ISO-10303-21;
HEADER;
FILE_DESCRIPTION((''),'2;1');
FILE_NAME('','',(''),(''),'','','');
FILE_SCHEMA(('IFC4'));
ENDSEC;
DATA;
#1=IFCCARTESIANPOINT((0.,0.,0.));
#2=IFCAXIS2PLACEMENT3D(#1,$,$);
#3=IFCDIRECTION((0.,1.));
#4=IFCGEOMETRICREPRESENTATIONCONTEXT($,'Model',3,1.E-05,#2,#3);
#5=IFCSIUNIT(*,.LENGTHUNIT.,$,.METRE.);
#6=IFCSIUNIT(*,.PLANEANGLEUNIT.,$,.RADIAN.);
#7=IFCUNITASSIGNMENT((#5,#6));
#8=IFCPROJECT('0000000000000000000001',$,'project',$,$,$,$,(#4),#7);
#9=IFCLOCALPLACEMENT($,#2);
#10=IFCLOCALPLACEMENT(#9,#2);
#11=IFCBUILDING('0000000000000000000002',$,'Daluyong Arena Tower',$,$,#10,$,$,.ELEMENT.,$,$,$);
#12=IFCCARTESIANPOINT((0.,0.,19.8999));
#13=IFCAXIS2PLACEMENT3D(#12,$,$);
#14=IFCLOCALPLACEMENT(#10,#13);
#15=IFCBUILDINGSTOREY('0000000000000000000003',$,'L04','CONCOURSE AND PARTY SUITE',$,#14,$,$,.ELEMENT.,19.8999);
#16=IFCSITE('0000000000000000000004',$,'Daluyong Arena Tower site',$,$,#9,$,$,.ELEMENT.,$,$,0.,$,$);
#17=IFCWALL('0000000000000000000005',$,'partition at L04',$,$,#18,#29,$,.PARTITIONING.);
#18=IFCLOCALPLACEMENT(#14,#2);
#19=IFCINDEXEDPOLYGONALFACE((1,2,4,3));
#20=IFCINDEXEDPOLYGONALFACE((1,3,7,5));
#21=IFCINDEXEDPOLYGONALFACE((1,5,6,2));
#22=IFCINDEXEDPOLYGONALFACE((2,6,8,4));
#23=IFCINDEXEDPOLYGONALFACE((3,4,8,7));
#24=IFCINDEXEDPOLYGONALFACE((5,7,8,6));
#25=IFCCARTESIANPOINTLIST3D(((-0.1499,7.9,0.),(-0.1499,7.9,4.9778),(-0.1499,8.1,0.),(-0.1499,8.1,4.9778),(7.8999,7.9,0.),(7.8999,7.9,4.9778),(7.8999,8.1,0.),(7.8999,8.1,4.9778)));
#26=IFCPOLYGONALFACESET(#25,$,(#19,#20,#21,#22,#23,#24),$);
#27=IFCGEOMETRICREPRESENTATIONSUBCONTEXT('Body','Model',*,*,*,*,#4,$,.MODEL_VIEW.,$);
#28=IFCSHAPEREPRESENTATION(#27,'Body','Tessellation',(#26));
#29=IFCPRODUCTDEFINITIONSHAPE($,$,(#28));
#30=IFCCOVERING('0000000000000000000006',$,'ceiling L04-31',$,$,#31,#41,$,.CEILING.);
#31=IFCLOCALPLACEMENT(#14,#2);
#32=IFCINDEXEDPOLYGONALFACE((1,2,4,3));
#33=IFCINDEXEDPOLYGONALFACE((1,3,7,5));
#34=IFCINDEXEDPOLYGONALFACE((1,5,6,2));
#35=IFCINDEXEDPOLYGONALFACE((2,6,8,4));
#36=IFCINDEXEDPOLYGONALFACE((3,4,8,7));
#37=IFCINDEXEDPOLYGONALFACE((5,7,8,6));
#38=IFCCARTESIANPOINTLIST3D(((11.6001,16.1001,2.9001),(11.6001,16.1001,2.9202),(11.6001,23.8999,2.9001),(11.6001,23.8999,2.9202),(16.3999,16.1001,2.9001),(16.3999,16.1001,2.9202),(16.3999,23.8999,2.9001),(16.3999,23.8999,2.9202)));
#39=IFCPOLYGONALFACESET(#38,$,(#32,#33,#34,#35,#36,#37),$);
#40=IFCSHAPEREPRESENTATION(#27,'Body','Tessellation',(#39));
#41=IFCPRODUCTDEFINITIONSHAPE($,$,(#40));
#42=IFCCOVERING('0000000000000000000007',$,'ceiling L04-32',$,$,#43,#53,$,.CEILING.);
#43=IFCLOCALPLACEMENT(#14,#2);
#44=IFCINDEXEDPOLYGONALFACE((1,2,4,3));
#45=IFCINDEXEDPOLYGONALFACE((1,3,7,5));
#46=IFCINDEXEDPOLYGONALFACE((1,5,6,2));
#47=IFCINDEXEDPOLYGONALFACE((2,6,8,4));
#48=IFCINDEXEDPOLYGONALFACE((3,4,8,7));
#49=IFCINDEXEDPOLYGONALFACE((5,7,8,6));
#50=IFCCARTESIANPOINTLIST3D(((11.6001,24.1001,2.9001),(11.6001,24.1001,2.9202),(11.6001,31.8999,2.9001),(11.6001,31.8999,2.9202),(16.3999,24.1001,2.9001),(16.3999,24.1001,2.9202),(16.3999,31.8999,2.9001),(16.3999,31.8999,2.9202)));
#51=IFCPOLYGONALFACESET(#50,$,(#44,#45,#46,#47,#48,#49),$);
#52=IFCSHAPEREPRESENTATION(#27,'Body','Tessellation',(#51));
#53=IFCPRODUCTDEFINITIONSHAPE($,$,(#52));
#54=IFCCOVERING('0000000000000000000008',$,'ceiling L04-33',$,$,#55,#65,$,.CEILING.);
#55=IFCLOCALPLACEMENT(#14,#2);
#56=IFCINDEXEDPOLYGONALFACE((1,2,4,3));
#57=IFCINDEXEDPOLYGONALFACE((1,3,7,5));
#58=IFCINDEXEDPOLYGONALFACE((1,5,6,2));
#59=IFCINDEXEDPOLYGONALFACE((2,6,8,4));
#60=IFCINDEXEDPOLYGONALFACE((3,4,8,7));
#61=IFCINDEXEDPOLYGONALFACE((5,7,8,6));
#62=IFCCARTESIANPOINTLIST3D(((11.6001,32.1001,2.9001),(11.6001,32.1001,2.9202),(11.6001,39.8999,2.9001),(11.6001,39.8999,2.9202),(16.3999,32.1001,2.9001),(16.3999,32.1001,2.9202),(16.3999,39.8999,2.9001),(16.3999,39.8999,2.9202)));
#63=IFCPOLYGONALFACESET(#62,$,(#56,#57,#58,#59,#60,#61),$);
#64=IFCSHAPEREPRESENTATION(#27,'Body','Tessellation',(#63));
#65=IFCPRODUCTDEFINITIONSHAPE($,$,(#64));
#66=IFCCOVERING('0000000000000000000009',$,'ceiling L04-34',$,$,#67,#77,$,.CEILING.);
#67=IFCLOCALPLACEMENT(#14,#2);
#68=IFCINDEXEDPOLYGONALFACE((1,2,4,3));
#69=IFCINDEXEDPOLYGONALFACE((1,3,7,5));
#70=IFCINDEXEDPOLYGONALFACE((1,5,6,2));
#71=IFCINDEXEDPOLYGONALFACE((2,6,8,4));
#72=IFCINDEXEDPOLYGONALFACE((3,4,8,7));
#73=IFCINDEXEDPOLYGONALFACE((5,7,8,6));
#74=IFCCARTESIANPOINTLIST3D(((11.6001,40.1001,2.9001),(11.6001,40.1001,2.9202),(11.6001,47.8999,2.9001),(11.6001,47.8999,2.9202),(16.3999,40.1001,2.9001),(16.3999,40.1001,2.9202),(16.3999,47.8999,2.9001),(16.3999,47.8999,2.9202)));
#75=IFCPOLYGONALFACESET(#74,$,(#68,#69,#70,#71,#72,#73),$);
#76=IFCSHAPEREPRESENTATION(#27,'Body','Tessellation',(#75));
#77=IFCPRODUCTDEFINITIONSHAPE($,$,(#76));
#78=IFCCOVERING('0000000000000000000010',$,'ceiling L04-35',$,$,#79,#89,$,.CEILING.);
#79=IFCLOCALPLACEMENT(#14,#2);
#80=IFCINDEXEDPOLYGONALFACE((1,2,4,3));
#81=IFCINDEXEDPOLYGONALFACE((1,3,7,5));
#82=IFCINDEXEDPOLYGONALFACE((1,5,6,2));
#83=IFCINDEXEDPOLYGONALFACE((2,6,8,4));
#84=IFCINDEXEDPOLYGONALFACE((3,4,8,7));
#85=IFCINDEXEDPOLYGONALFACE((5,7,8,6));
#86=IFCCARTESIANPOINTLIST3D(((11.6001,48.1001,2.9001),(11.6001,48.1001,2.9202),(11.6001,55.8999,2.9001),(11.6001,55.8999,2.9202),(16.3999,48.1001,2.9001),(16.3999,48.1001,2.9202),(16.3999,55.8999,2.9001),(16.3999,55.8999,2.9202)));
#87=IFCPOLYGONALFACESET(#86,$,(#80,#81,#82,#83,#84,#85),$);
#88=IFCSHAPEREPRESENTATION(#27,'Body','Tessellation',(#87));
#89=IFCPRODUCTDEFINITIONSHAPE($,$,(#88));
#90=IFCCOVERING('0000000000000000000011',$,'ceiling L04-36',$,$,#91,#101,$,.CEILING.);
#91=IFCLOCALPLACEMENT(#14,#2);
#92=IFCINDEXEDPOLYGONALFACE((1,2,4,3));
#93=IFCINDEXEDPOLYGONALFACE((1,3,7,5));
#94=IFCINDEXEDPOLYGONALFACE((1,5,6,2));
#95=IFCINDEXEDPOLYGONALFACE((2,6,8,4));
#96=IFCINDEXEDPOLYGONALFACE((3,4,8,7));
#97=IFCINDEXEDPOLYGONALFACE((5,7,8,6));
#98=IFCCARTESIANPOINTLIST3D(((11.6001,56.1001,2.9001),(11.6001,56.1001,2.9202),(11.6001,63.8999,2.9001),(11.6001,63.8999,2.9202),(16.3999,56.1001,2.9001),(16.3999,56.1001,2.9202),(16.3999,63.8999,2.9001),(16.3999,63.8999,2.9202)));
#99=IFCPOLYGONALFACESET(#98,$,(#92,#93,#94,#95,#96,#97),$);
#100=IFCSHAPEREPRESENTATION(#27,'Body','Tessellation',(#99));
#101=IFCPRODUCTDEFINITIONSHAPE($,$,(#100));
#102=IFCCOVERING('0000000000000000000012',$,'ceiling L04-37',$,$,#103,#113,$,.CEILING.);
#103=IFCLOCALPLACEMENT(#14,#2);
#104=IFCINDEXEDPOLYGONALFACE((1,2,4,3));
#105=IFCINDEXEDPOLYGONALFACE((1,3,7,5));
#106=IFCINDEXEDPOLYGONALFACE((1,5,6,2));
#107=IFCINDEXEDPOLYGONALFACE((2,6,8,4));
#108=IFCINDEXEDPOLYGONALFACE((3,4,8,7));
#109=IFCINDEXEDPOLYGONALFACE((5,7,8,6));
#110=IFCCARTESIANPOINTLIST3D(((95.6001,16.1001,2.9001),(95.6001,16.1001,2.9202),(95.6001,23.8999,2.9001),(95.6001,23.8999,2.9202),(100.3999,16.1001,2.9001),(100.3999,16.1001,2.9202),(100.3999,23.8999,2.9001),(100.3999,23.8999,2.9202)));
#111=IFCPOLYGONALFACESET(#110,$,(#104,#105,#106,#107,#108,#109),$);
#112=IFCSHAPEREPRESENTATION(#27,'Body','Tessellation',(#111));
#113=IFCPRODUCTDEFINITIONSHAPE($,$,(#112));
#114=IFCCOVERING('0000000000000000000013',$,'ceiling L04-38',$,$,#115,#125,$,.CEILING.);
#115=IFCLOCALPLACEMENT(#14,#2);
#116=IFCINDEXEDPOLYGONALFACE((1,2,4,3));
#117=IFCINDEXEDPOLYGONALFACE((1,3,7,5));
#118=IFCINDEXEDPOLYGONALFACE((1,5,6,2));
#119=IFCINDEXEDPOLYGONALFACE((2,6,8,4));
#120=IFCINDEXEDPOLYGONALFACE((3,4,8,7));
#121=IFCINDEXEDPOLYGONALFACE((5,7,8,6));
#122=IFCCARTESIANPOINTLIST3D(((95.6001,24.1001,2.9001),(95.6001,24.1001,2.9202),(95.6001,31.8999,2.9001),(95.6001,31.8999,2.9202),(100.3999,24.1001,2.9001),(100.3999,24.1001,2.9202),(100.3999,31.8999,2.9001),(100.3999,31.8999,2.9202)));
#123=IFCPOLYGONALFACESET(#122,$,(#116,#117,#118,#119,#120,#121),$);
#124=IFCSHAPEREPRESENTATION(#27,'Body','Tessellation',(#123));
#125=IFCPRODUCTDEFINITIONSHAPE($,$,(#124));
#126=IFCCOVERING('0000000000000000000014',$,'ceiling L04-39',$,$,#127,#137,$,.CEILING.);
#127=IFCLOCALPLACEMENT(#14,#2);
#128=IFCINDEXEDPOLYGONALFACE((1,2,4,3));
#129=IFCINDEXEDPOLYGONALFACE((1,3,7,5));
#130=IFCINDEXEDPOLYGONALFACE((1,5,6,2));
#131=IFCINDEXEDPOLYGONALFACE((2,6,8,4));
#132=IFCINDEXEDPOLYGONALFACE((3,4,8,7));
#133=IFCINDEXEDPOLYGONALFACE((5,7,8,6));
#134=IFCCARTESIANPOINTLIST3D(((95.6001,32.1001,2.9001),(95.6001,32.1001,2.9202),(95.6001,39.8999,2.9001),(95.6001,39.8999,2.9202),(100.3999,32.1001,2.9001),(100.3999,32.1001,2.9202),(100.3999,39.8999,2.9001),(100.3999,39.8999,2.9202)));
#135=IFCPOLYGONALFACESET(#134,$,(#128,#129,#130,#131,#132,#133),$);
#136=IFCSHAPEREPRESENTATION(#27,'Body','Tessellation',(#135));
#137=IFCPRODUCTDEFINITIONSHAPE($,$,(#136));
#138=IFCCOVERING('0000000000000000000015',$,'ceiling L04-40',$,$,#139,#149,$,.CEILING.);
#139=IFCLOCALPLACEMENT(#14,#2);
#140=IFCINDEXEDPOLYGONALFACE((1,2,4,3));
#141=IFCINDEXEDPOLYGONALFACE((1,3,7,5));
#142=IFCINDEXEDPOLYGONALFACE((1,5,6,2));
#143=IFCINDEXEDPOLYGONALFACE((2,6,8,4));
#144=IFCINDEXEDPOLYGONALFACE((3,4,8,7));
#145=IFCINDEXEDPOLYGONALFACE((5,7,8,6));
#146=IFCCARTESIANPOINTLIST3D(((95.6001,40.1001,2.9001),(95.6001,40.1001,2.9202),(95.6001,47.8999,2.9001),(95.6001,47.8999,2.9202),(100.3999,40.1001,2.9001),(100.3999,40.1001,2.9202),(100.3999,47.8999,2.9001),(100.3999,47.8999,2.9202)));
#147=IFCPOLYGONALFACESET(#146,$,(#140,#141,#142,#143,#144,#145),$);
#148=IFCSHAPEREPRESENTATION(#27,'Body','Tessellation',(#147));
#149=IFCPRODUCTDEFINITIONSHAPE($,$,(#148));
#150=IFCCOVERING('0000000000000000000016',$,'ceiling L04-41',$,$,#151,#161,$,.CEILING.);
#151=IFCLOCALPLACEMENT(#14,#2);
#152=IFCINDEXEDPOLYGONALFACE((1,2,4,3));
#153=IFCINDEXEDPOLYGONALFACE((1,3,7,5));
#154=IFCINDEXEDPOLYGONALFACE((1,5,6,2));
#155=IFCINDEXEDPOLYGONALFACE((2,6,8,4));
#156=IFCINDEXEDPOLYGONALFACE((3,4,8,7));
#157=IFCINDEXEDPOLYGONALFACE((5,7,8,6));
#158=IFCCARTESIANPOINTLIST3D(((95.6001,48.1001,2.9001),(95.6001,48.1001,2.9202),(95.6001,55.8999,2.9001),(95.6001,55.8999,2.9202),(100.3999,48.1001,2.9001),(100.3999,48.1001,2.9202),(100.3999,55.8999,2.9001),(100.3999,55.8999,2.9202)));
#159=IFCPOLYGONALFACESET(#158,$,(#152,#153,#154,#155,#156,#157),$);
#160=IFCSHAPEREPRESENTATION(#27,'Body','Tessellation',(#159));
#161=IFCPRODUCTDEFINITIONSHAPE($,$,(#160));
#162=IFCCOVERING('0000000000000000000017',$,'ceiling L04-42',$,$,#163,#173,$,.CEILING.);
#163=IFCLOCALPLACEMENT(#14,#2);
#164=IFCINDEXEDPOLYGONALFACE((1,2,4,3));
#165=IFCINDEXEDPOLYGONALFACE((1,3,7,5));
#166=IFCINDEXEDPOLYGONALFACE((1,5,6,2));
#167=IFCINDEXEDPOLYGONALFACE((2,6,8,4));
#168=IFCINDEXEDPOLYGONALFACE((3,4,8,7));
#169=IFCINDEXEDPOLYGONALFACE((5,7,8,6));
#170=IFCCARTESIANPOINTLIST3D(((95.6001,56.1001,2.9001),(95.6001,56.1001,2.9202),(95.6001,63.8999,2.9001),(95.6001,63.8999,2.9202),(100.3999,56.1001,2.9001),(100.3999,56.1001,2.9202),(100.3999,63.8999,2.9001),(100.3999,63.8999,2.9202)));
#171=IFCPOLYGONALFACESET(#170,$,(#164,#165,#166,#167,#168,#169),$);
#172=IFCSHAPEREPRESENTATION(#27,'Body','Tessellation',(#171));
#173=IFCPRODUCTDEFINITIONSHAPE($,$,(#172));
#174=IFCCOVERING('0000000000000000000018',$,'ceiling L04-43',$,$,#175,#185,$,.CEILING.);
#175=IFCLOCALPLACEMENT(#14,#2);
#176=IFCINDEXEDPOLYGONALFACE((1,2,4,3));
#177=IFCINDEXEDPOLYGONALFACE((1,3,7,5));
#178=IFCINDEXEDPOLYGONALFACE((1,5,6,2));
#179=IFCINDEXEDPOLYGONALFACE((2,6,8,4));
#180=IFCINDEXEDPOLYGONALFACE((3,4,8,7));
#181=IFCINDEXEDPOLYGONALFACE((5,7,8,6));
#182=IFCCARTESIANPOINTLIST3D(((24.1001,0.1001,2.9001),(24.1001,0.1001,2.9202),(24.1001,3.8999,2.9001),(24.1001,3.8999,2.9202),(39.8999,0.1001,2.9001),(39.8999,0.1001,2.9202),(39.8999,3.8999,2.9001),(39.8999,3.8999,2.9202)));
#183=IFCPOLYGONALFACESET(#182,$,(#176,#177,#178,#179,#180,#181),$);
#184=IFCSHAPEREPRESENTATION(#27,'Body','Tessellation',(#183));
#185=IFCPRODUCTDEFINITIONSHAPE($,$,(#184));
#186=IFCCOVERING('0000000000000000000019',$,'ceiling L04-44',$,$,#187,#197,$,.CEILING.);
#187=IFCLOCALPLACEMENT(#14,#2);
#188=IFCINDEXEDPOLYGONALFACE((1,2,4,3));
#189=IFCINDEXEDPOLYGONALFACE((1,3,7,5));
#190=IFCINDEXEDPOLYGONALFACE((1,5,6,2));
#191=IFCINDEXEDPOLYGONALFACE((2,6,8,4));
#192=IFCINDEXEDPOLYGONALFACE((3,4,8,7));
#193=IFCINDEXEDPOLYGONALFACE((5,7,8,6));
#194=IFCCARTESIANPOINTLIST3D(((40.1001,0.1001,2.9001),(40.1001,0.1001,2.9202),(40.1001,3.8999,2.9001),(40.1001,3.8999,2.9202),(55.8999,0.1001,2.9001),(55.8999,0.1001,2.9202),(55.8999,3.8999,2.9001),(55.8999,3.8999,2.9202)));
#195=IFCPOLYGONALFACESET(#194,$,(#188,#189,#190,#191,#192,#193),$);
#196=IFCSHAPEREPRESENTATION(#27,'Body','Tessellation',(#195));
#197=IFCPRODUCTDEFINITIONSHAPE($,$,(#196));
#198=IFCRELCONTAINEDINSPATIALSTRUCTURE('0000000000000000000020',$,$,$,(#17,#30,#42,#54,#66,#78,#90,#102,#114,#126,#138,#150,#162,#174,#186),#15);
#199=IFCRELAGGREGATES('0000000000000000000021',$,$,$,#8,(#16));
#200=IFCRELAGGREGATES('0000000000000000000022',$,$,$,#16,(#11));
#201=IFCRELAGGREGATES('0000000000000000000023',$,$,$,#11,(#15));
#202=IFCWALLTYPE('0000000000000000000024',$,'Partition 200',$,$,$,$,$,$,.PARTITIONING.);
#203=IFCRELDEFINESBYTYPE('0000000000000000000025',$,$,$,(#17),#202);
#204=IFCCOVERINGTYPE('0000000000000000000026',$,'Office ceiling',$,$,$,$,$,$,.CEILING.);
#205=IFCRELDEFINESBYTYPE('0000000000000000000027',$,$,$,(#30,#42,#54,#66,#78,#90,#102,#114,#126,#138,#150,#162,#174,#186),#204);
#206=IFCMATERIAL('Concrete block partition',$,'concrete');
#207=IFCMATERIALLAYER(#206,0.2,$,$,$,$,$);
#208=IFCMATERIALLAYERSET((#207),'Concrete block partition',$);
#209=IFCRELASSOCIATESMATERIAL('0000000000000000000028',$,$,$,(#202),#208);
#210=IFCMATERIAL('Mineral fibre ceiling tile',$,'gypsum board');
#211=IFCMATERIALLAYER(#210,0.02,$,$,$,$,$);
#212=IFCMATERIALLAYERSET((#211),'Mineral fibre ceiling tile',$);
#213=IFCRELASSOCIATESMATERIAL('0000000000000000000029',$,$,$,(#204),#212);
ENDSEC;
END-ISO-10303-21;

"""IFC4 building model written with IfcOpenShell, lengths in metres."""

from ifc_helpers import new_model, si_unit, direction, frame, frame_2d, origin, place, context, subcontext, project, spatial, polyline, rectangle, outline, extrude, material, layer, layer_set, type_object, element, save


model = new_model("IFC4")

# Units and contexts
model_context = context("Model", 3, precision=1e-05, world=origin(), true_north=direction((0.0, 1.0)))
body_context = subcontext(model_context, "Body", "Model", "MODEL_VIEW")
ifc_project = project(units=[si_unit("LENGTHUNIT", "METRE"), si_unit("PLANEANGLEUNIT", "RADIAN")], contexts=[model_context])

# Site, building, storey
site_placement = place(None, origin())
site = spatial("IfcSite", under=ifc_project, at=site_placement, Name="Daluyong Arena Tower site", CompositionType="ELEMENT", RefElevation=0.0)
building_placement = place(site_placement, origin())
building = spatial("IfcBuilding", under=site, at=building_placement, Name="Daluyong Arena Tower", CompositionType="ELEMENT")
storey_placement = place(building_placement, frame((0.0, 0.0, 19.8999)))
storey = spatial("IfcBuildingStorey", under=building, at=storey_placement, Name="L04", Description="CONCOURSE AND PARTY SUITE", CompositionType="ELEMENT", Elevation=19.8999)

# Wall
ifc_material_1 = material(Name="Concrete block partition", Category="concrete")
ifc_layer_1 = layer(ifc_material_1, 0.2)
ifc_layer_set_1 = layer_set([ifc_layer_1], Name="Concrete block partition")
wall_type = type_object("IfcWallType", Name="Partition 200", PredefinedType="PARTITIONING", material=ifc_layer_set_1)
wall_placement = place(storey_placement, frame((-0.1499, 8.0, 0.0), z_axis=(0.0, 0.0, 1.0), x_axis=(1.0, 0.0, 0.0)))
element("IfcWall", 1, at=wall_placement, inside=storey, type_object=wall_type, Name="partition at L04", PredefinedType="PARTITIONING", context=body_context, shape_type="SweptSolid", body=[
    extrude(rectangle(XDim=8.0498, YDim=0.2, at=frame_2d((4.0249, 0.0))), origin(), (0.0, 0.0, 1.0), 4.9778),
])

# Coverings
ifc_material_2 = material(Name="Mineral fibre ceiling tile", Category="gypsum board")
ifc_layer_2 = layer(ifc_material_2, 0.02)
ifc_layer_set_2 = layer_set([ifc_layer_2], Name="Mineral fibre ceiling tile")
covering_type = type_object("IfcCoveringType", Name="Office ceiling", PredefinedType="CEILING", material=ifc_layer_set_2)
covering_1_placement = place(storey_placement, frame((0.0, 0.0, 2.9001)))
element("IfcCovering", 2, at=covering_1_placement, inside=storey, type_object=covering_type, Name="ceiling L04-31", PredefinedType="CEILING", context=body_context, shape_type="SweptSolid", body=[
    extrude(outline(polyline([(16.3999, 16.1001), (16.3999, 23.8999), (11.6001, 23.8999), (11.6001, 16.1001), (16.3999, 16.1001)])), origin(), (0.0, 0.0, 1.0), 0.02),
])
covering_2_placement = place(storey_placement, frame((0.0, 0.0, 2.9001)))
element("IfcCovering", 3, at=covering_2_placement, inside=storey, type_object=covering_type, Name="ceiling L04-32", PredefinedType="CEILING", context=body_context, shape_type="SweptSolid", body=[
    extrude(outline(polyline([(16.3999, 24.1001), (16.3999, 31.8999), (11.6001, 31.8999), (11.6001, 24.1001), (16.3999, 24.1001)])), origin(), (0.0, 0.0, 1.0), 0.02),
])
covering_3_placement = place(storey_placement, frame((0.0, 0.0, 2.9001)))
element("IfcCovering", 4, at=covering_3_placement, inside=storey, type_object=covering_type, Name="ceiling L04-33", PredefinedType="CEILING", context=body_context, shape_type="SweptSolid", body=[
    extrude(outline(polyline([(16.3999, 32.1001), (16.3999, 39.8999), (11.6001, 39.8999), (11.6001, 32.1001), (16.3999, 32.1001)])), origin(), (0.0, 0.0, 1.0), 0.02),
])
covering_4_placement = place(storey_placement, frame((0.0, 0.0, 2.9001)))
element("IfcCovering", 5, at=covering_4_placement, inside=storey, type_object=covering_type, Name="ceiling L04-34", PredefinedType="CEILING", context=body_context, shape_type="SweptSolid", body=[
    extrude(outline(polyline([(16.3999, 40.1001), (16.3999, 47.8999), (11.6001, 47.8999), (11.6001, 40.1001), (16.3999, 40.1001)])), origin(), (0.0, 0.0, 1.0), 0.02),
])
covering_5_placement = place(storey_placement, frame((0.0, 0.0, 2.9001)))
element("IfcCovering", 6, at=covering_5_placement, inside=storey, type_object=covering_type, Name="ceiling L04-35", PredefinedType="CEILING", context=body_context, shape_type="SweptSolid", body=[
    extrude(outline(polyline([(16.3999, 48.1001), (16.3999, 55.8999), (11.6001, 55.8999), (11.6001, 48.1001), (16.3999, 48.1001)])), origin(), (0.0, 0.0, 1.0), 0.02),
])
covering_6_placement = place(storey_placement, frame((0.0, 0.0, 2.9001)))
element("IfcCovering", 7, at=covering_6_placement, inside=storey, type_object=covering_type, Name="ceiling L04-36", PredefinedType="CEILING", context=body_context, shape_type="SweptSolid", body=[
    extrude(outline(polyline([(16.3999, 56.1001), (16.3999, 63.8999), (11.6001, 63.8999), (11.6001, 56.1001), (16.3999, 56.1001)])), origin(), (0.0, 0.0, 1.0), 0.02),
])
covering_7_placement = place(storey_placement, frame((0.0, 0.0, 2.9001)))
element("IfcCovering", 8, at=covering_7_placement, inside=storey, type_object=covering_type, Name="ceiling L04-37", PredefinedType="CEILING", context=body_context, shape_type="SweptSolid", body=[
    extrude(outline(polyline([(100.3999, 16.1001), (100.3999, 23.8999), (95.6001, 23.8999), (95.6001, 16.1001), (100.3999, 16.1001)])), origin(), (0.0, 0.0, 1.0), 0.02),
])
covering_8_placement = place(storey_placement, frame((0.0, 0.0, 2.9001)))
element("IfcCovering", 9, at=covering_8_placement, inside=storey, type_object=covering_type, Name="ceiling L04-38", PredefinedType="CEILING", context=body_context, shape_type="SweptSolid", body=[
    extrude(outline(polyline([(100.3999, 24.1001), (100.3999, 31.8999), (95.6001, 31.8999), (95.6001, 24.1001), (100.3999, 24.1001)])), origin(), (0.0, 0.0, 1.0), 0.02),
])
covering_9_placement = place(storey_placement, frame((0.0, 0.0, 2.9001)))
element("IfcCovering", 10, at=covering_9_placement, inside=storey, type_object=covering_type, Name="ceiling L04-39", PredefinedType="CEILING", context=body_context, shape_type="SweptSolid", body=[
    extrude(outline(polyline([(100.3999, 32.1001), (100.3999, 39.8999), (95.6001, 39.8999), (95.6001, 32.1001), (100.3999, 32.1001)])), origin(), (0.0, 0.0, 1.0), 0.02),
])
covering_10_placement = place(storey_placement, frame((0.0, 0.0, 2.9001)))
element("IfcCovering", 11, at=covering_10_placement, inside=storey, type_object=covering_type, Name="ceiling L04-40", PredefinedType="CEILING", context=body_context, shape_type="SweptSolid", body=[
    extrude(outline(polyline([(100.3999, 40.1001), (100.3999, 47.8999), (95.6001, 47.8999), (95.6001, 40.1001), (100.3999, 40.1001)])), origin(), (0.0, 0.0, 1.0), 0.02),
])
covering_11_placement = place(storey_placement, frame((0.0, 0.0, 2.9001)))
element("IfcCovering", 12, at=covering_11_placement, inside=storey, type_object=covering_type, Name="ceiling L04-41", PredefinedType="CEILING", context=body_context, shape_type="SweptSolid", body=[
    extrude(outline(polyline([(100.3999, 48.1001), (100.3999, 55.8999), (95.6001, 55.8999), (95.6001, 48.1001), (100.3999, 48.1001)])), origin(), (0.0, 0.0, 1.0), 0.02),
])
covering_12_placement = place(storey_placement, frame((0.0, 0.0, 2.9001)))
element("IfcCovering", 13, at=covering_12_placement, inside=storey, type_object=covering_type, Name="ceiling L04-42", PredefinedType="CEILING", context=body_context, shape_type="SweptSolid", body=[
    extrude(outline(polyline([(100.3999, 56.1001), (100.3999, 63.8999), (95.6001, 63.8999), (95.6001, 56.1001), (100.3999, 56.1001)])), origin(), (0.0, 0.0, 1.0), 0.02),
])
covering_13_placement = place(storey_placement, frame((0.0, 0.0, 2.9001)))
element("IfcCovering", 14, at=covering_13_placement, inside=storey, type_object=covering_type, Name="ceiling L04-43", PredefinedType="CEILING", context=body_context, shape_type="SweptSolid", body=[
    extrude(outline(polyline([(39.8999, 0.1001), (39.8999, 3.8999), (24.1001, 3.8999), (24.1001, 0.1001), (39.8999, 0.1001)])), origin(), (0.0, 0.0, 1.0), 0.02),
])
covering_14_placement = place(storey_placement, frame((0.0, 0.0, 2.9001)))
element("IfcCovering", 15, at=covering_14_placement, inside=storey, type_object=covering_type, Name="ceiling L04-44", PredefinedType="CEILING", context=body_context, shape_type="SweptSolid", body=[
    extrude(outline(polyline([(55.8999, 0.1001), (55.8999, 3.8999), (40.1001, 3.8999), (40.1001, 0.1001), (55.8999, 0.1001)])), origin(), (0.0, 0.0, 1.0), 0.02),
])

save(model, "model.ifc")
